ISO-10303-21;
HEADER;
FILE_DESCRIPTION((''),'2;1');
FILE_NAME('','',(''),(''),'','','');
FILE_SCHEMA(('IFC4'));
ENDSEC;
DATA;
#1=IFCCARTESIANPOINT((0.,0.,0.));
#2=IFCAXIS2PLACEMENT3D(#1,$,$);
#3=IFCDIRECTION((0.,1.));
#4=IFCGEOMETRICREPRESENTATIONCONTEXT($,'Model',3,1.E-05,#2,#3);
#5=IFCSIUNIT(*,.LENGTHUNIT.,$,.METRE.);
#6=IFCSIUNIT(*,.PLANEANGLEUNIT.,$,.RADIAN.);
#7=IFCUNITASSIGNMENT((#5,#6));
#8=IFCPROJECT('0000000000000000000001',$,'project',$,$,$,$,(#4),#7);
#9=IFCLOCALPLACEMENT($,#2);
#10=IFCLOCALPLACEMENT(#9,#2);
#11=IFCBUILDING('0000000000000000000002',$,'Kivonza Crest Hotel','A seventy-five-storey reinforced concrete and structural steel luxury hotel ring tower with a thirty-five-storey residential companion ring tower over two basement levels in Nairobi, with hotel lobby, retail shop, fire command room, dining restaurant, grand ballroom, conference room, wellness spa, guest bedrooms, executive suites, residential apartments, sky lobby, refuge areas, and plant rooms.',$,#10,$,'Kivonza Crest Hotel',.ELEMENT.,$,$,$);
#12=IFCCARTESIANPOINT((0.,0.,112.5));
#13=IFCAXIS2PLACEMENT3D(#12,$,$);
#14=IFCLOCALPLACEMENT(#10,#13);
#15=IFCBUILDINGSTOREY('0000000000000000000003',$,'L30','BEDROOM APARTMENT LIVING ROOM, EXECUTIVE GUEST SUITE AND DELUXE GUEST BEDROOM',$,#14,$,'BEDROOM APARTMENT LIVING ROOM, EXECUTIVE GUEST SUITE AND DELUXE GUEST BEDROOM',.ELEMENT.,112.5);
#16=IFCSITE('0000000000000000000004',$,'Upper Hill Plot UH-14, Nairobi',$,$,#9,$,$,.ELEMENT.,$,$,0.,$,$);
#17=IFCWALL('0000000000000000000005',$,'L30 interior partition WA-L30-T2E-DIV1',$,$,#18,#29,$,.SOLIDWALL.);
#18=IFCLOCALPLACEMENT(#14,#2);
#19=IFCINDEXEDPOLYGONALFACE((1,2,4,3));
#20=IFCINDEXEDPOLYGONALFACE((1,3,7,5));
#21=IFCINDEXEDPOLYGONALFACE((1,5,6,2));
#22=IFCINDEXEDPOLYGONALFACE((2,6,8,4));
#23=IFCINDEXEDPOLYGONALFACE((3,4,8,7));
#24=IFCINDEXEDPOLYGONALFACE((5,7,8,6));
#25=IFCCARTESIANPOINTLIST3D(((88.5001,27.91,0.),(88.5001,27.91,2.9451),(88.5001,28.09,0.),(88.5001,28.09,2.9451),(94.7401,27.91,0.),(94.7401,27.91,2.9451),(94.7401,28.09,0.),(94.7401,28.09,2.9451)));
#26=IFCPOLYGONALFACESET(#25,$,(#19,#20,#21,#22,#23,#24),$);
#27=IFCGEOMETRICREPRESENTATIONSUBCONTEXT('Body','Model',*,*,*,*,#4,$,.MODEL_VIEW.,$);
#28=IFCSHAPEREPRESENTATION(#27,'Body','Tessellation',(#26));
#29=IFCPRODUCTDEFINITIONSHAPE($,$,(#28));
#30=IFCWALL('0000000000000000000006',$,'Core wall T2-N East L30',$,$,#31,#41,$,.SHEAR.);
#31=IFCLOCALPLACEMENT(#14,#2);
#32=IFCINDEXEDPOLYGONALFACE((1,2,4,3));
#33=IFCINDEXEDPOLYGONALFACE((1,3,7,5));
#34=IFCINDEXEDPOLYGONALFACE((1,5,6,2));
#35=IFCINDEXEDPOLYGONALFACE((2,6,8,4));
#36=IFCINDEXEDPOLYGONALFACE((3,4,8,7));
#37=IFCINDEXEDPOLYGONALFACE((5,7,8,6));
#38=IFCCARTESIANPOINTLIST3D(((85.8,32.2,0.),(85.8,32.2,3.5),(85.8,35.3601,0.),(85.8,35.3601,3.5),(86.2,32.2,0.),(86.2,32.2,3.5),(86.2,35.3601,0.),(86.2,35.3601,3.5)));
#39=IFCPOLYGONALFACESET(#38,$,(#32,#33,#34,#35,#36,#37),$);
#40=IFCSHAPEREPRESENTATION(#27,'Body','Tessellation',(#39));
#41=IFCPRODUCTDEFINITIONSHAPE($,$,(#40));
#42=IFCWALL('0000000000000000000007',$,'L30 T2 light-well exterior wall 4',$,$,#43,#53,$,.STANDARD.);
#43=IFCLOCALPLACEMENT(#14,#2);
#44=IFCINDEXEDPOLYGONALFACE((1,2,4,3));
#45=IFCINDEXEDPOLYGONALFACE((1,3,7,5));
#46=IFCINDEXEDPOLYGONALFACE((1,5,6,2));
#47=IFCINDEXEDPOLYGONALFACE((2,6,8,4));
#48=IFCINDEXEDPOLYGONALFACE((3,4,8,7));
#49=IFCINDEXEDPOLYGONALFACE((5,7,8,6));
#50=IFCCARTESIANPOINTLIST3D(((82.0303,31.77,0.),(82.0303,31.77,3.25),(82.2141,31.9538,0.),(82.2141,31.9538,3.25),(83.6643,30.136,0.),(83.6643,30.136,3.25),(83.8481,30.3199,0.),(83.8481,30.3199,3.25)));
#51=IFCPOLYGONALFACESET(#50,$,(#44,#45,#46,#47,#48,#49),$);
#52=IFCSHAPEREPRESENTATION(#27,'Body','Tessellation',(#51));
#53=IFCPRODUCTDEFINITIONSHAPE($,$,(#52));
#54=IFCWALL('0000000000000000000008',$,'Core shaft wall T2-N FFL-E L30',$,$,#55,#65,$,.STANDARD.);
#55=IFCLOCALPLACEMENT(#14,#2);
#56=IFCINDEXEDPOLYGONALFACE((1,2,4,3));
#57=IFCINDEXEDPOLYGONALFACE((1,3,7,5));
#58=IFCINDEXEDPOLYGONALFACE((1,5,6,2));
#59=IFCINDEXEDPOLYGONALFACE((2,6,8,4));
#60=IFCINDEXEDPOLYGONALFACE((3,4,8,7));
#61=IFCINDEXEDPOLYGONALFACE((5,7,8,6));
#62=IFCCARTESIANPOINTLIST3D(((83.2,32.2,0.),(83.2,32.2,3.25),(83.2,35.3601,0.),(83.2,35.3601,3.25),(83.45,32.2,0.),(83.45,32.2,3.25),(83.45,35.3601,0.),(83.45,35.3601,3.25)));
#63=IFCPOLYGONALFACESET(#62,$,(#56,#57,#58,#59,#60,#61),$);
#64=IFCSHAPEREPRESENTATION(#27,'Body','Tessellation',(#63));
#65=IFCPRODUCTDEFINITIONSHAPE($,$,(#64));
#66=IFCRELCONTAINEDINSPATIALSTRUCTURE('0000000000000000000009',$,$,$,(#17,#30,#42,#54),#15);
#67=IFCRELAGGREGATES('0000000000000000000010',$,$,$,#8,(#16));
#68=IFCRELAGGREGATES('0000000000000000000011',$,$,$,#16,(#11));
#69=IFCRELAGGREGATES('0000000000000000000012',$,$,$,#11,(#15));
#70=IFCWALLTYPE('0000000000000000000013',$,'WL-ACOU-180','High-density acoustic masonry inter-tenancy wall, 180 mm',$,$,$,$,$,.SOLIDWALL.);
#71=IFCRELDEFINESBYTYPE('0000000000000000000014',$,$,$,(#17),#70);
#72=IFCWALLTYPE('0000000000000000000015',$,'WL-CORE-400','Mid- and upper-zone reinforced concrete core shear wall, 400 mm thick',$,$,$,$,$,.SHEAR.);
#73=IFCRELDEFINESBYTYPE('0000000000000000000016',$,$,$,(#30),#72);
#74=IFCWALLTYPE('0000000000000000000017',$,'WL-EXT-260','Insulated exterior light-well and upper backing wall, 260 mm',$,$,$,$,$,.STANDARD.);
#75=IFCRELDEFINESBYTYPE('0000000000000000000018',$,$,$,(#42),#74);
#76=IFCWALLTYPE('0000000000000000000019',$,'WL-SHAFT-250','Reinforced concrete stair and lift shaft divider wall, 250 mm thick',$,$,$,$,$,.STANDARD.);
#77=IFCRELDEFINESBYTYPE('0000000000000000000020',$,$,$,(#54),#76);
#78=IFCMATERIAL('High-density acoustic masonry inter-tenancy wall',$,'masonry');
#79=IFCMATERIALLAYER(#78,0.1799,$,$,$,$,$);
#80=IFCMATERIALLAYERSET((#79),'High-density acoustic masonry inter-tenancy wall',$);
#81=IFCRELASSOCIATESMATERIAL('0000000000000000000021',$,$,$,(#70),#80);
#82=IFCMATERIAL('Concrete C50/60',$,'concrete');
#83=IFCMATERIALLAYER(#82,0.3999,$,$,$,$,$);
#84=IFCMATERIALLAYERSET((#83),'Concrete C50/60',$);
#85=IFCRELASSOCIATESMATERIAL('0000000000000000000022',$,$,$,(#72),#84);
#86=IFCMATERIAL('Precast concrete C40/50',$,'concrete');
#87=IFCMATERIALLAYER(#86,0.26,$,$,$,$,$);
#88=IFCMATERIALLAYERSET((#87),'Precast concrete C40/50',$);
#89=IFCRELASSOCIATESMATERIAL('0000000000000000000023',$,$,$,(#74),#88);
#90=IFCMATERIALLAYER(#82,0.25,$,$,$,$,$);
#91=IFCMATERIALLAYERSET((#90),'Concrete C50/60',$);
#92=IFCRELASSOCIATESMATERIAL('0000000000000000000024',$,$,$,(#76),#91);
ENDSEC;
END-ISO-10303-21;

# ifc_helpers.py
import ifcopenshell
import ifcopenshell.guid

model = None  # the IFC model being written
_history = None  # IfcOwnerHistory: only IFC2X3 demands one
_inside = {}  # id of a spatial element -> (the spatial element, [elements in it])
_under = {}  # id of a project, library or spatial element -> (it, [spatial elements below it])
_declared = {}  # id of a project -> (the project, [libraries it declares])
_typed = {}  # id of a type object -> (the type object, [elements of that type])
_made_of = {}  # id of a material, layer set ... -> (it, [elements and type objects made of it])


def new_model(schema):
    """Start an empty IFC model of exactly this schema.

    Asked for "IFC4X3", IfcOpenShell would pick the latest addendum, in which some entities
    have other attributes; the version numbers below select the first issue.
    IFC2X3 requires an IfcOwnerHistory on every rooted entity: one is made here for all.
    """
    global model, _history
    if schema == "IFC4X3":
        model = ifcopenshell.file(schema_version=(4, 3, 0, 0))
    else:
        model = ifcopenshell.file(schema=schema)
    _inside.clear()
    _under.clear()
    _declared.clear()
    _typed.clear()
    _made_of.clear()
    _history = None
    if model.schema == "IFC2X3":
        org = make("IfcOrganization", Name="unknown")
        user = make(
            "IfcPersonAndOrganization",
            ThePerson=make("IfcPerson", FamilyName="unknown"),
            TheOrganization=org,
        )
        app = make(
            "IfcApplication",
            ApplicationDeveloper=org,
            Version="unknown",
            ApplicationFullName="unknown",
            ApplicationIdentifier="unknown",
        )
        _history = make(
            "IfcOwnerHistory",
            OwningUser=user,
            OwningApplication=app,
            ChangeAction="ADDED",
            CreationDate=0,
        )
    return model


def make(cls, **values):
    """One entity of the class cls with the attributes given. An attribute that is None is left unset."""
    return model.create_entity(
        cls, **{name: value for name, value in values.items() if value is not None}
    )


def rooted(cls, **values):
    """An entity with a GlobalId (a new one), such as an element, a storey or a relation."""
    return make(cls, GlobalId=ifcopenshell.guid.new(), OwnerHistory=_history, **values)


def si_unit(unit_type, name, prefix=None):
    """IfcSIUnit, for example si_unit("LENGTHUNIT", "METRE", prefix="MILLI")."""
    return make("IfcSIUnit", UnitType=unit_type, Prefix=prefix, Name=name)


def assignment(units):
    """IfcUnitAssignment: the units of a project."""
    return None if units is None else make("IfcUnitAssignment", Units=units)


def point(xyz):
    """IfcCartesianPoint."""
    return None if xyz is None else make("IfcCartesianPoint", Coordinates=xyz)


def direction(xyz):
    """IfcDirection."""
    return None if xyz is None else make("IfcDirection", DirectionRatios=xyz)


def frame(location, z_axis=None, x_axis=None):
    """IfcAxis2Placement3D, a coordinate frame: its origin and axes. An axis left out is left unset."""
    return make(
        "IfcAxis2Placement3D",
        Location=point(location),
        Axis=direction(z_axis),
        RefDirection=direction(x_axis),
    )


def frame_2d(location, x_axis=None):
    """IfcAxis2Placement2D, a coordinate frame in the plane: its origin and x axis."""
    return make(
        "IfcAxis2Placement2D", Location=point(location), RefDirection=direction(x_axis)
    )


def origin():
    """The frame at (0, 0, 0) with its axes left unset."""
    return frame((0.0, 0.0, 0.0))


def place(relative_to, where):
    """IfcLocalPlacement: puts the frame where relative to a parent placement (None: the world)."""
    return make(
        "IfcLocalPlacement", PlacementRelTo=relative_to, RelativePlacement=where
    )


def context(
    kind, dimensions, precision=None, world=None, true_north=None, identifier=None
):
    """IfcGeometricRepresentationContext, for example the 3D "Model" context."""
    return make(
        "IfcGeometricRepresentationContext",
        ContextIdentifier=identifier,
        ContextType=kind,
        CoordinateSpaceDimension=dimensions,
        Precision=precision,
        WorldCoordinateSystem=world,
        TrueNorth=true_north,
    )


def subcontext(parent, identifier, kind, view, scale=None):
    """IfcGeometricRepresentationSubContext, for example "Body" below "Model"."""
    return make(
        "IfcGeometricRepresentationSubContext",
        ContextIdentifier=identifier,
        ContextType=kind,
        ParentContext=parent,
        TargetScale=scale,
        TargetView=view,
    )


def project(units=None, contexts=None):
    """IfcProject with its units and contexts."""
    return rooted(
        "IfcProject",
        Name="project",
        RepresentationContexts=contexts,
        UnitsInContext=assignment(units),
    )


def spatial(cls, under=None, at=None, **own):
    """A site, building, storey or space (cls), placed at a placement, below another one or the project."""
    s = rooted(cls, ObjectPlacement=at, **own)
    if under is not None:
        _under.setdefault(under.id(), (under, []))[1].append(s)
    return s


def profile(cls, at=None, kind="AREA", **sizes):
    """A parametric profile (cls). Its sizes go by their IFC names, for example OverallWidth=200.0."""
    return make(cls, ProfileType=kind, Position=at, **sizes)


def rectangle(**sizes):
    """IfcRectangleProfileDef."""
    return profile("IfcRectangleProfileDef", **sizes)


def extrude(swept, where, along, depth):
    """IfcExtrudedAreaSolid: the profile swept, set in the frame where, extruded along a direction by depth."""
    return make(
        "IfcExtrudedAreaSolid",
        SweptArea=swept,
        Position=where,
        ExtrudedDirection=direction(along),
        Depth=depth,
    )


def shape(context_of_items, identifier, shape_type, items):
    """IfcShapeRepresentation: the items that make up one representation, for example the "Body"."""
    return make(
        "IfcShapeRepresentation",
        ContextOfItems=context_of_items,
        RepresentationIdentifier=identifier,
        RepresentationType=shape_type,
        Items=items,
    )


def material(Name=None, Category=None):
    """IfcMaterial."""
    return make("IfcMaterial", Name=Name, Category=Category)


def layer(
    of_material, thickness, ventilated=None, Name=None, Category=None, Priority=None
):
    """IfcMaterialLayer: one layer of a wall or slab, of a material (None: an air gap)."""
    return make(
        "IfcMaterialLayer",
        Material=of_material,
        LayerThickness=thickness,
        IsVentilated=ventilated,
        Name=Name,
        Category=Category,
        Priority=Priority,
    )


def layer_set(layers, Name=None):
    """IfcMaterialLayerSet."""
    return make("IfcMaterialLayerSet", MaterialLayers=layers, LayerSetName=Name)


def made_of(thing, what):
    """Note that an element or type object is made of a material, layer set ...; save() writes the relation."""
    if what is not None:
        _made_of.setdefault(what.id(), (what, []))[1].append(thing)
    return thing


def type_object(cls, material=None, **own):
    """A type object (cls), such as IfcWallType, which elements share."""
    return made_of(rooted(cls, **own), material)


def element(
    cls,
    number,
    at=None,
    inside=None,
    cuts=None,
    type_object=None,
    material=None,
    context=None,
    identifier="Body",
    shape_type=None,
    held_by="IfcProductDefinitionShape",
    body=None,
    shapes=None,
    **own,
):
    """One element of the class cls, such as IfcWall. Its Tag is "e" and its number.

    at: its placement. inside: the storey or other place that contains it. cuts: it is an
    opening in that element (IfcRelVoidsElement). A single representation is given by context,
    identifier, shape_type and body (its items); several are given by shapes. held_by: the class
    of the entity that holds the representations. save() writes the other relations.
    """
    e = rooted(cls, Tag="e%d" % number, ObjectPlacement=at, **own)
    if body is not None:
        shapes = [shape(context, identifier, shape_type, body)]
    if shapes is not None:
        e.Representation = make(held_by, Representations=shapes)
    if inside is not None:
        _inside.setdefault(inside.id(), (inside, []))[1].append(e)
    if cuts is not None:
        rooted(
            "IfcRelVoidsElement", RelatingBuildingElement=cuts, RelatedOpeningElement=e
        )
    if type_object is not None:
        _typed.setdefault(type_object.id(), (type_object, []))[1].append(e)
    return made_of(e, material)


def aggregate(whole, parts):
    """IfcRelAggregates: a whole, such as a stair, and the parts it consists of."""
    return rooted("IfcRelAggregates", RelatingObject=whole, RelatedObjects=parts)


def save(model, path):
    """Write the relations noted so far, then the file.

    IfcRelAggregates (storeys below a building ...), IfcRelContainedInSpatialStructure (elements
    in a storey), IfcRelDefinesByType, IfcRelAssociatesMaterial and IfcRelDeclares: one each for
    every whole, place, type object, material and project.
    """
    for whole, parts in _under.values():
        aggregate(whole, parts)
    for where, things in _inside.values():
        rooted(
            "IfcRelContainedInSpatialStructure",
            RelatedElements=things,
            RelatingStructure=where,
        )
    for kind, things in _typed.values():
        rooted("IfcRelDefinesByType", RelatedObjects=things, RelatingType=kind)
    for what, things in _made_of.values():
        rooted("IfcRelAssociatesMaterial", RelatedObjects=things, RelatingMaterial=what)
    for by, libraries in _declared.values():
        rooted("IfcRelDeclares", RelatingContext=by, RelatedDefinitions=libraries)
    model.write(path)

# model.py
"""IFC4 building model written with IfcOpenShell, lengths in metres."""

from ifc_helpers import new_model, si_unit, direction, frame, frame_2d, origin, place, context, subcontext, project, spatial, rectangle, extrude, material, layer, layer_set, type_object, element, save


model = new_model("IFC4")

# Units and contexts
model_context = context("Model", 3, precision=1e-05, world=origin(), true_north=direction((0.0, 1.0)))
body_context = subcontext(model_context, "Body", "Model", "MODEL_VIEW")
ifc_project = project(units=[si_unit("LENGTHUNIT", "METRE"), si_unit("PLANEANGLEUNIT", "RADIAN")], contexts=[model_context])

# Site, building, storey
site_placement = place(None, origin())
site = spatial("IfcSite", under=ifc_project, at=site_placement, Name="Upper Hill Plot UH-14, Nairobi", CompositionType="ELEMENT", RefElevation=0.0)
building_placement = place(site_placement, origin())
building = spatial("IfcBuilding", under=site, at=building_placement, Name="Kivonza Crest Hotel", Description="A seventy-five-storey reinforced concrete and structural steel luxury hotel ring tower with a thirty-five-storey residential companion ring tower over two basement levels in Nairobi, with hotel lobby, retail shop, fire command room, dining restaurant, grand ballroom, conference room, wellness spa, guest bedrooms, executive suites, residential apartments, sky lobby, refuge areas, and plant rooms.", LongName="Kivonza Crest Hotel", CompositionType="ELEMENT")
storey_placement = place(building_placement, frame((0.0, 0.0, 112.5)))
storey = spatial("IfcBuildingStorey", under=building, at=storey_placement, Name="L30", Description="BEDROOM APARTMENT LIVING ROOM, EXECUTIVE GUEST SUITE AND DELUXE GUEST BEDROOM", LongName="BEDROOM APARTMENT LIVING ROOM, EXECUTIVE GUEST SUITE AND DELUXE GUEST BEDROOM", CompositionType="ELEMENT", Elevation=112.5)

# Shared definitions
ifc_material_1 = material(Name="Concrete C50/60", Category="concrete")

# Walls
ifc_material_2 = material(Name="High-density acoustic masonry inter-tenancy wall", Category="masonry")
ifc_layer_1 = layer(ifc_material_2, 0.1799)
ifc_layer_set_1 = layer_set([ifc_layer_1], Name="High-density acoustic masonry inter-tenancy wall")
wall_type_1 = type_object("IfcWallType", Name="WL-ACOU-180", Description="High-density acoustic masonry inter-tenancy wall, 180 mm", PredefinedType="SOLIDWALL", material=ifc_layer_set_1)
wall_1_placement = place(storey_placement, frame((88.5, 28.0, 0.0), z_axis=(0.0, 0.0, 1.0), x_axis=(1.0, 0.0, 0.0)))
element("IfcWall", 1, at=wall_1_placement, inside=storey, type_object=wall_type_1, Name="L30 interior partition WA-L30-T2E-DIV1", PredefinedType="SOLIDWALL", context=body_context, shape_type="SweptSolid", body=[
    extrude(rectangle(XDim=6.24, YDim=0.1799, at=frame_2d((3.1201, 0.0))), origin(), (0.0, 0.0, 1.0), 2.9451),
])
ifc_layer_2 = layer(ifc_material_1, 0.3999)
ifc_layer_set_2 = layer_set([ifc_layer_2], Name="Concrete C50/60")
wall_type_2 = type_object("IfcWallType", Name="WL-CORE-400", Description="Mid- and upper-zone reinforced concrete core shear wall, 400 mm thick", PredefinedType="SHEAR", material=ifc_layer_set_2)
wall_2_placement = place(storey_placement, frame((86.0, 32.2, 0.0), z_axis=(0.0, 0.0, 1.0), x_axis=(0.0, 1.0, 0.0)))
element("IfcWall", 2, at=wall_2_placement, inside=storey, type_object=wall_type_2, Name="Core wall T2-N East L30", PredefinedType="SHEAR", context=body_context, shape_type="SweptSolid", body=[
    extrude(rectangle(XDim=3.1602, YDim=0.3999, at=frame_2d((1.5801, 0.0))), origin(), (0.0, 0.0, 1.0), 3.5),
])
ifc_material_3 = material(Name="Precast concrete C40/50", Category="concrete")
ifc_layer_3 = layer(ifc_material_3, 0.26)
ifc_layer_set_3 = layer_set([ifc_layer_3], Name="Precast concrete C40/50")
wall_type_3 = type_object("IfcWallType", Name="WL-EXT-260", Description="Insulated exterior light-well and upper backing wall, 260 mm", PredefinedType="STANDARD", material=ifc_layer_set_3)
wall_3_placement = place(storey_placement, frame((83.7561, 30.228, 0.0), z_axis=(0.0, 0.0, 1.0), x_axis=(-0.707107, 0.707107, 0.0)))
element("IfcWall", 3, at=wall_3_placement, inside=storey, type_object=wall_type_3, Name="L30 T2 light-well exterior wall 4", PredefinedType="STANDARD", context=body_context, shape_type="SweptSolid", body=[
    extrude(rectangle(XDim=2.3108, YDim=0.26, at=frame_2d((1.1553, 0.0))), origin(), (0.0, 0.0, 1.0), 3.25),
])

# Shared definitions
ifc_layer_4 = layer(ifc_material_1, 0.25)
ifc_layer_set_4 = layer_set([ifc_layer_4], Name="Concrete C50/60")
wall_type_4 = type_object("IfcWallType", Name="WL-SHAFT-250", Description="Reinforced concrete stair and lift shaft divider wall, 250 mm thick", PredefinedType="STANDARD", material=ifc_layer_set_4)

# Wall
wall_4_placement = place(storey_placement, frame((83.325, 32.2, 0.0), z_axis=(0.0, 0.0, 1.0), x_axis=(0.0, 1.0, 0.0)))
element("IfcWall", 4, at=wall_4_placement, inside=storey, type_object=wall_type_4, Name="Core shaft wall T2-N FFL-E L30", PredefinedType="STANDARD", context=body_context, shape_type="SweptSolid", body=[
    extrude(rectangle(XDim=3.1602, YDim=0.25, at=frame_2d((1.5801, 0.0))), origin(), (0.0, 0.0, 1.0), 3.25),
])

save(model, "model.ifc")
